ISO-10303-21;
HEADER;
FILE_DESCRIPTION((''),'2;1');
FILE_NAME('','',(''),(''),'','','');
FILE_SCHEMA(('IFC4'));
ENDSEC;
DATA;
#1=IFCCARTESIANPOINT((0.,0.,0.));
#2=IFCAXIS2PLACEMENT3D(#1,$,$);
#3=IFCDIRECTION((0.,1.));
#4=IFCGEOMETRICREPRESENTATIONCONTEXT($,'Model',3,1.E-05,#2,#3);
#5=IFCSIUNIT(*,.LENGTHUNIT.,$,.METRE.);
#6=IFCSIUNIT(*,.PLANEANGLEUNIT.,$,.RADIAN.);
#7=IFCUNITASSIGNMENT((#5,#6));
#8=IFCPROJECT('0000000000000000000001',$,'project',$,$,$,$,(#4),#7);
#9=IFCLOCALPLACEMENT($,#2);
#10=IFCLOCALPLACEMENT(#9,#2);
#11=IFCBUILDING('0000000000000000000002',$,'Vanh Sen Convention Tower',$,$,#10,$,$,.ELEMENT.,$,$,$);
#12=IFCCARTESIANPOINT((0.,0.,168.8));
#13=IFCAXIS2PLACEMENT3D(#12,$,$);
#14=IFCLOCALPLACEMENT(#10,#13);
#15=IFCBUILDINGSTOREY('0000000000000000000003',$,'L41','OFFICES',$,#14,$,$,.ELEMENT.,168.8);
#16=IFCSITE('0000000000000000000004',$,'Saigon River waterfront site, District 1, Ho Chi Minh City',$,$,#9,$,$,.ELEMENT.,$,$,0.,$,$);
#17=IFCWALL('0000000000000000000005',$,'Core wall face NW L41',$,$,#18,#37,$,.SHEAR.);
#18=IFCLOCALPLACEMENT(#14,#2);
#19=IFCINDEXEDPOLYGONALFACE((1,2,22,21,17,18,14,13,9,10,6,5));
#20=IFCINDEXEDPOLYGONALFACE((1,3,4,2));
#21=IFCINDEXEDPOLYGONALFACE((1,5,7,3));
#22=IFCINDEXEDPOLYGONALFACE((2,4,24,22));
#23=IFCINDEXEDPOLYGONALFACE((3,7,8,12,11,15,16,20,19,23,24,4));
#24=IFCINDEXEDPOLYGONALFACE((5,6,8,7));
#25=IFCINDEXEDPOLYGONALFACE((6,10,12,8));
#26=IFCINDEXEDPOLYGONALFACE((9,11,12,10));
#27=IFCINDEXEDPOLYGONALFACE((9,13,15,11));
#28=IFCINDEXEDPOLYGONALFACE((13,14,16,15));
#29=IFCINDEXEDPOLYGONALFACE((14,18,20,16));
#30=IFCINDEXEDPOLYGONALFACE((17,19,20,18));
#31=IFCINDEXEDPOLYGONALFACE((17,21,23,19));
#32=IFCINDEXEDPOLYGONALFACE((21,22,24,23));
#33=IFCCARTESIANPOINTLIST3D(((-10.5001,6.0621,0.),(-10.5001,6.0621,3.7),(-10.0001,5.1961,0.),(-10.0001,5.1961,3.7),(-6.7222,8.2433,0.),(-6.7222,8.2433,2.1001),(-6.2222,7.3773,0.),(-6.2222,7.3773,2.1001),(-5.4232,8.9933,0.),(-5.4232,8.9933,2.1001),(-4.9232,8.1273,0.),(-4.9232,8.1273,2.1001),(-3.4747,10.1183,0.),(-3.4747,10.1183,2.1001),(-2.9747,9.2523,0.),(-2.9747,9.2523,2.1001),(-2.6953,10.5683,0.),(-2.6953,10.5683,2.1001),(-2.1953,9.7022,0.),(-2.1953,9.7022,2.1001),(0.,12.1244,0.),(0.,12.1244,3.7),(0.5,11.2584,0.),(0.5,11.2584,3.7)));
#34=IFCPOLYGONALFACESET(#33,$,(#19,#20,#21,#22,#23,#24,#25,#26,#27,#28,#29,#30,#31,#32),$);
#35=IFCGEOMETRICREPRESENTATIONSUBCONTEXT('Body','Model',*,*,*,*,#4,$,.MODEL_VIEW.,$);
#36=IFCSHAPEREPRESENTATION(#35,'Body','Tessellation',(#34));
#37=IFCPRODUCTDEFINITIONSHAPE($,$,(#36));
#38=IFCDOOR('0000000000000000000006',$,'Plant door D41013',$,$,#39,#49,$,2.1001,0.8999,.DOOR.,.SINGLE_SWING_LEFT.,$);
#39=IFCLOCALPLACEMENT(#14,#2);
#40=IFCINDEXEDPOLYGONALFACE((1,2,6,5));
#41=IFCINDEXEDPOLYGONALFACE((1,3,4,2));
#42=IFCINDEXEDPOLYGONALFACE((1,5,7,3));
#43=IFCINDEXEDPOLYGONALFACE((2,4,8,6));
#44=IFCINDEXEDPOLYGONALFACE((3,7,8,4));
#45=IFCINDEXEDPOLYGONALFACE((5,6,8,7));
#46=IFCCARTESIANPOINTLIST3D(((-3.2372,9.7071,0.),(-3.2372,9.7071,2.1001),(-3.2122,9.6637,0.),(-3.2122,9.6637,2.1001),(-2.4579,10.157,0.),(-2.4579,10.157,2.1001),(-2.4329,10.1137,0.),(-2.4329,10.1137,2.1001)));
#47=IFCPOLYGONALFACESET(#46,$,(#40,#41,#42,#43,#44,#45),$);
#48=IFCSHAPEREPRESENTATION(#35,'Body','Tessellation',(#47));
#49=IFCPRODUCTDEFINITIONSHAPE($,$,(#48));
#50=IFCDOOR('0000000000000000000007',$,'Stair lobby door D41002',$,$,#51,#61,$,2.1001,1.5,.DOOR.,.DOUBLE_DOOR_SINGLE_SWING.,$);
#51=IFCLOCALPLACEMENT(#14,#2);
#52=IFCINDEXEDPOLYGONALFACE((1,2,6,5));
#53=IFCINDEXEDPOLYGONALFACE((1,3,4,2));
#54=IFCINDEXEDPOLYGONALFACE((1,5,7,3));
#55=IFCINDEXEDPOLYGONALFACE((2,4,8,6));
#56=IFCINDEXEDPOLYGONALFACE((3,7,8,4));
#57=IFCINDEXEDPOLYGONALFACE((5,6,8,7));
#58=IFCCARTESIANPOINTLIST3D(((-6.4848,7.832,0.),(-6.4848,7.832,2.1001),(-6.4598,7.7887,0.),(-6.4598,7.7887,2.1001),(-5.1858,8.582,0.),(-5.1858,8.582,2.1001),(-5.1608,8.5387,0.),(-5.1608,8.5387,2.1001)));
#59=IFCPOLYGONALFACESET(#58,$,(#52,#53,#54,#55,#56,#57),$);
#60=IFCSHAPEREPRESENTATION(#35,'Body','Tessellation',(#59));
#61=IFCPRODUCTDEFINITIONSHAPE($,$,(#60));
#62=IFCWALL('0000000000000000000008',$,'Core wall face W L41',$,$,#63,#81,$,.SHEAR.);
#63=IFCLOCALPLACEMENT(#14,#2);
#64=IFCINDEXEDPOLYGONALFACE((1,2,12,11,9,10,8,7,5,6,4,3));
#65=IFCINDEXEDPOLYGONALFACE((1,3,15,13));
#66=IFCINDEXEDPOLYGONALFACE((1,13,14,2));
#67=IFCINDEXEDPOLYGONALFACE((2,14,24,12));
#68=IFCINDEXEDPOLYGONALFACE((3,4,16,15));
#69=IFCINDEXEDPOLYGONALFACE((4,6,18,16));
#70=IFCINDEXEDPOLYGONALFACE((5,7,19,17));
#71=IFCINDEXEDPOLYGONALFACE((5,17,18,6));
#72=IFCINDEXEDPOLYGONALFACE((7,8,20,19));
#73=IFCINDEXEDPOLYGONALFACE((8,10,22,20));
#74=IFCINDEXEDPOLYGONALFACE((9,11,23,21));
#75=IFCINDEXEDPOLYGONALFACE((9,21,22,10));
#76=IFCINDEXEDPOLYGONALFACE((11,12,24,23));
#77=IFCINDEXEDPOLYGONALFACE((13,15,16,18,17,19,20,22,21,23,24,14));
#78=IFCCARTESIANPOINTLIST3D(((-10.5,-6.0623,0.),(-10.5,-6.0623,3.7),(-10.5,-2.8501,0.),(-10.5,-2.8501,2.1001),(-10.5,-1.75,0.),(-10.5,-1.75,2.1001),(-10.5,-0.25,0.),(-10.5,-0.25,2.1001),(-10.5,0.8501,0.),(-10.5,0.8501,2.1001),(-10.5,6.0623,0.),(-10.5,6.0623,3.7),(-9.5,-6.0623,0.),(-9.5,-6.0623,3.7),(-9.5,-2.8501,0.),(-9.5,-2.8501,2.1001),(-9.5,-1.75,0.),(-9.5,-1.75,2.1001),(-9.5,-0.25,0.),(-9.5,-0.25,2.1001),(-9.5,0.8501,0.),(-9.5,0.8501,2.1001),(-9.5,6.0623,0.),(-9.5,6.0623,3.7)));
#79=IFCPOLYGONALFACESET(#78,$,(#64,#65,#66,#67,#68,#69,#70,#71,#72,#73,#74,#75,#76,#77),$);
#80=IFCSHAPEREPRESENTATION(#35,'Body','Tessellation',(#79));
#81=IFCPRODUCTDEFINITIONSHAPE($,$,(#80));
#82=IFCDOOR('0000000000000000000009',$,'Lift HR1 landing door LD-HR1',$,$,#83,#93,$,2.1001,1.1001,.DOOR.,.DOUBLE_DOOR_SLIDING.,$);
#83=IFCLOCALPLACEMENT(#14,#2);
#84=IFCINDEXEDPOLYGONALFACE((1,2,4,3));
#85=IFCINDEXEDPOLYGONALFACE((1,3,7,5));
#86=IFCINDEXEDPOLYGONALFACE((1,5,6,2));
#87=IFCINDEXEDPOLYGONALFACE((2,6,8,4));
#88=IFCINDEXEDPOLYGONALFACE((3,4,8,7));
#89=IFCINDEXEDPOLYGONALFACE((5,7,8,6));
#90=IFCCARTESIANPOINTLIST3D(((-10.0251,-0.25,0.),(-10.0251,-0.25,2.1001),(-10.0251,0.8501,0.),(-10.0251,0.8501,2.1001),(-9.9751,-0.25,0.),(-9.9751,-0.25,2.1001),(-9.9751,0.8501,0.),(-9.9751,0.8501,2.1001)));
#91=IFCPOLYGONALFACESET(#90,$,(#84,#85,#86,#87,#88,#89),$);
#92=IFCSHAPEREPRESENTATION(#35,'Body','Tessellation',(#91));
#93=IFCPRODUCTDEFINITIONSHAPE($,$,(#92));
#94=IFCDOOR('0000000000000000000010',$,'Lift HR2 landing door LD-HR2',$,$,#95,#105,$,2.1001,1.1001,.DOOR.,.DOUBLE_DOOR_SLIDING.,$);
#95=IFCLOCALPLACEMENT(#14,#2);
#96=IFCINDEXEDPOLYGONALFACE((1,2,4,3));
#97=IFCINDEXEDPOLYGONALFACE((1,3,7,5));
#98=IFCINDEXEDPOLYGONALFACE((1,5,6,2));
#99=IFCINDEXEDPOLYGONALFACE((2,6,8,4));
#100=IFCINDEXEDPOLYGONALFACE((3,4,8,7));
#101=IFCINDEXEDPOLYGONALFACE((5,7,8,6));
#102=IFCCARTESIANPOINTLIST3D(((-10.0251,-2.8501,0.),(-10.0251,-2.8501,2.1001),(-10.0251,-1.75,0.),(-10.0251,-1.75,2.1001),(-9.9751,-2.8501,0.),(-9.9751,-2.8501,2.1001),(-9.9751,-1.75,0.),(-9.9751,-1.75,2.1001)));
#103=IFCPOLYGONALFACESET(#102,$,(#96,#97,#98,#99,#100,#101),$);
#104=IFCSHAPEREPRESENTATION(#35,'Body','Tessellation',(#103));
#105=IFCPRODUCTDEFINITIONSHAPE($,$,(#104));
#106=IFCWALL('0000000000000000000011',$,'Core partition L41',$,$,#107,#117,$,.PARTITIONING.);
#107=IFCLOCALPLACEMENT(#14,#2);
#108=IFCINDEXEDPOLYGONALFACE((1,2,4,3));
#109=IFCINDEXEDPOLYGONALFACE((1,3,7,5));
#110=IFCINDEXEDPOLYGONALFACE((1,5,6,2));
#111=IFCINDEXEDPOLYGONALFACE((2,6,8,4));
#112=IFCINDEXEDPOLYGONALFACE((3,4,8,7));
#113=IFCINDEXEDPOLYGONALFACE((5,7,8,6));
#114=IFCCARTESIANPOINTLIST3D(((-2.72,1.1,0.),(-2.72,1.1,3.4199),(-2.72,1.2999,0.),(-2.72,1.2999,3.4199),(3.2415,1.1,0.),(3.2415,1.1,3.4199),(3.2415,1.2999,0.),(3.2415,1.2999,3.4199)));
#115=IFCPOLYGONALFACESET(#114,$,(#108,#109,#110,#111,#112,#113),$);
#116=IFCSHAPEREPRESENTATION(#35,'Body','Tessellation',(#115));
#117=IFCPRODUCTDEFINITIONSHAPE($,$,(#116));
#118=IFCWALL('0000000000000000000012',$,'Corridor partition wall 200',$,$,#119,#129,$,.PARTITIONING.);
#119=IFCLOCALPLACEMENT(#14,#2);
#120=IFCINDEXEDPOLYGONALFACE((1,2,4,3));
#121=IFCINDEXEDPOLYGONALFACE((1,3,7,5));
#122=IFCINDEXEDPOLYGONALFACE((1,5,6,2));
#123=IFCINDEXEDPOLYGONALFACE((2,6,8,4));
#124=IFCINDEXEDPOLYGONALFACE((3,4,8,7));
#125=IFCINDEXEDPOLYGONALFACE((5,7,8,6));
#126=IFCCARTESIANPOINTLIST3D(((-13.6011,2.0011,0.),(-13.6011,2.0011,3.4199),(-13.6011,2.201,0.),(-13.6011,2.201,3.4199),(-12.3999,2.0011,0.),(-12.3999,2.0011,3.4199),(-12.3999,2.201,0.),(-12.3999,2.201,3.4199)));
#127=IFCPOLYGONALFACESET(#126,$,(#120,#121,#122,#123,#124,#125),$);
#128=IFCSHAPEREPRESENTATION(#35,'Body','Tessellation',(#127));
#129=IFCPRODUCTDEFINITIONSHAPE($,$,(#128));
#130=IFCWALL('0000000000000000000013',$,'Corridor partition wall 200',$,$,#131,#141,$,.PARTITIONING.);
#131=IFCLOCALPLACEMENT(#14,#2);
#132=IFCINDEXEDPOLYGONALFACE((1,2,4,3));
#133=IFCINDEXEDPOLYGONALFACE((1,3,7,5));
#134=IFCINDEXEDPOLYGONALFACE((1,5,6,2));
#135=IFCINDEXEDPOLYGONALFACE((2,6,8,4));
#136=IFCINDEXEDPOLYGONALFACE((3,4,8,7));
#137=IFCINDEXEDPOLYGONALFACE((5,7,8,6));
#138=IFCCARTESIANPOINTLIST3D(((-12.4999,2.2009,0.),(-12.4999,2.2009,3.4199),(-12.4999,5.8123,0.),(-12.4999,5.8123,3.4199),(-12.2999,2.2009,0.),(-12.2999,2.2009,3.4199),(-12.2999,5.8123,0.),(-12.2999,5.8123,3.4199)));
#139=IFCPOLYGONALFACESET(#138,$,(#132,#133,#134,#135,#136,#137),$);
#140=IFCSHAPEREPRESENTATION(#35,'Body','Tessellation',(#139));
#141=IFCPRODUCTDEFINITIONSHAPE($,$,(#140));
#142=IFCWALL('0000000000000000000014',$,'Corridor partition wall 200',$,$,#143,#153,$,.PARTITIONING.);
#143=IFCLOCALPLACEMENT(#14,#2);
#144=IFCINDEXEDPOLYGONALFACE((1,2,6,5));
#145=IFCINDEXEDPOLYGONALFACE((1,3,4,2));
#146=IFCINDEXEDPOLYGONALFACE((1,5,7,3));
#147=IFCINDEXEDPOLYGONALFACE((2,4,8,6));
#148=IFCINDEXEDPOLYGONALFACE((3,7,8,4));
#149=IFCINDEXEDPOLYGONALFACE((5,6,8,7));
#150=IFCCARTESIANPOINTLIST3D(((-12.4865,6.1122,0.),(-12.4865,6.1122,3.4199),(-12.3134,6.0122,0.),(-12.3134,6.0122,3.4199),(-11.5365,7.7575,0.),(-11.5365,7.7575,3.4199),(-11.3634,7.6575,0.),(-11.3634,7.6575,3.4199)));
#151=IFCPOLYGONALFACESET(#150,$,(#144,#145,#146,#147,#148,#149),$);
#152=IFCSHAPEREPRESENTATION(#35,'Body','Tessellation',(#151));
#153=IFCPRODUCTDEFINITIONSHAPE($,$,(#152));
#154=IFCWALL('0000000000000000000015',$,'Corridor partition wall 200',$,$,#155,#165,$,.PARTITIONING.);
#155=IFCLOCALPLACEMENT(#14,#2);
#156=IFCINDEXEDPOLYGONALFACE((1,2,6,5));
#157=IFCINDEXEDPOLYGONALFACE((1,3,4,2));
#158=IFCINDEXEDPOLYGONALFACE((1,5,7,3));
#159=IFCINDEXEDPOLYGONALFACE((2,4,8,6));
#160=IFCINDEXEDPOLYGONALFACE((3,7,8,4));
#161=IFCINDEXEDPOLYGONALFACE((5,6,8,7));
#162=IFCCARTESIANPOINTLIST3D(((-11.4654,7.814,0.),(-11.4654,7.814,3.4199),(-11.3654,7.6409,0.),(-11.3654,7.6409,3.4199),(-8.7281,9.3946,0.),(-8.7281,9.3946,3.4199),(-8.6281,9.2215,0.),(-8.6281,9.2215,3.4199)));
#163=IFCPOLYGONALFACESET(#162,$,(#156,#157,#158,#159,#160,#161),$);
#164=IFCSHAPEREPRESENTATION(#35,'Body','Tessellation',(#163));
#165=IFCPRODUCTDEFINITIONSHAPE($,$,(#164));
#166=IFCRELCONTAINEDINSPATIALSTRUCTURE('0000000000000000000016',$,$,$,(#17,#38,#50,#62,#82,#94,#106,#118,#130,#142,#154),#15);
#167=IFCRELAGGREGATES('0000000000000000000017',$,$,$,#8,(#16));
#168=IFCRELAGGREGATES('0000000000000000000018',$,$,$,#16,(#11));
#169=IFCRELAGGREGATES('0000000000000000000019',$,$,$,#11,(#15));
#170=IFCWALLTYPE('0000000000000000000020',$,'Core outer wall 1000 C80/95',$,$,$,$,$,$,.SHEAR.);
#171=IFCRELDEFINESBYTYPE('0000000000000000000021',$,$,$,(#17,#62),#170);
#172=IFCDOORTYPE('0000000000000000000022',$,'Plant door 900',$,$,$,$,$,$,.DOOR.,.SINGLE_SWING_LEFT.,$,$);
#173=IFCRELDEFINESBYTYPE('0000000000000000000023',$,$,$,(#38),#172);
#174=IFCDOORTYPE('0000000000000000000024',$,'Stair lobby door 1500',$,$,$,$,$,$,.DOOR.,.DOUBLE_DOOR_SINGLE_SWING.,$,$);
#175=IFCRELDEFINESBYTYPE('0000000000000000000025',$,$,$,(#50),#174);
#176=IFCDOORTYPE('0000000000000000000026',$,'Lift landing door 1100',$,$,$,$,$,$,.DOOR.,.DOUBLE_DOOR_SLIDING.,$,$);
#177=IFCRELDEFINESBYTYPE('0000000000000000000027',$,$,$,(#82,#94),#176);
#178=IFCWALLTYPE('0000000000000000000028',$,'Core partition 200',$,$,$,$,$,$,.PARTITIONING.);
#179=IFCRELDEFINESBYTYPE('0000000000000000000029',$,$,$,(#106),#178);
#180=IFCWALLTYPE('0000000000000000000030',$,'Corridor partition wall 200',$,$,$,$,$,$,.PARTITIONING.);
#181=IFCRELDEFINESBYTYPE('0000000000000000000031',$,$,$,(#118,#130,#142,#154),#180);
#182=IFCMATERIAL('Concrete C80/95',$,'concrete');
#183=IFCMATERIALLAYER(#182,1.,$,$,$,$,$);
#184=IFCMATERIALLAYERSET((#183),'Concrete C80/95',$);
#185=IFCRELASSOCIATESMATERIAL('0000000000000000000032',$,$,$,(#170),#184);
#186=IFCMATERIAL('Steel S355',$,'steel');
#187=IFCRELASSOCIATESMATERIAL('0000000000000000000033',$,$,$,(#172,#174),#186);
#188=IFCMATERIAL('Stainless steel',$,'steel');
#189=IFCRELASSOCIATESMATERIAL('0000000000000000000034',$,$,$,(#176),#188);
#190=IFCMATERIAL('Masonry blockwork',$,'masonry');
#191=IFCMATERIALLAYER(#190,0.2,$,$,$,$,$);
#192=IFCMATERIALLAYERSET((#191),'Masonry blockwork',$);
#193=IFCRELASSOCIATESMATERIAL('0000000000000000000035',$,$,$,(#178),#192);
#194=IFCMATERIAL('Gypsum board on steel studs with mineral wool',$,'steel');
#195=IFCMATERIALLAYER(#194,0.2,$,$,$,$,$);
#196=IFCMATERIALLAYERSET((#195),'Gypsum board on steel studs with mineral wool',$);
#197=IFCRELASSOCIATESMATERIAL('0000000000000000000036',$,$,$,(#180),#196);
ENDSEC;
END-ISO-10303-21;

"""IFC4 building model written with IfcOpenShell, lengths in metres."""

from ifc_helpers import new_model, si_unit, direction, frame, frame_2d, origin, place, context, subcontext, project, spatial, rectangle, extrude, material, layer, layer_set, type_object, element, fill, save


model = new_model("IFC4")

# Units and contexts
model_context = context("Model", 3, precision=1e-05, world=origin(), true_north=direction((0.0, 1.0)))
body_context = subcontext(model_context, "Body", "Model", "MODEL_VIEW")
ifc_project = project(units=[si_unit("LENGTHUNIT", "METRE"), si_unit("PLANEANGLEUNIT", "RADIAN")], contexts=[model_context])

# Site, building, storey
site_placement = place(None, origin())
site = spatial("IfcSite", under=ifc_project, at=site_placement, Name="Saigon River waterfront site, District 1, Ho Chi Minh City", CompositionType="ELEMENT", RefElevation=0.0)
building_placement = place(site_placement, origin())
building = spatial("IfcBuilding", under=site, at=building_placement, Name="Vanh Sen Convention Tower", CompositionType="ELEMENT")
storey_placement = place(building_placement, frame((0.0, 0.0, 168.8)))
storey = spatial("IfcBuildingStorey", under=building, at=storey_placement, Name="L41", Description="OFFICES", CompositionType="ELEMENT", Elevation=168.8)

# Walls, openings, doors
ifc_material_1 = material(Name="Concrete C80/95", Category="concrete")
ifc_layer_1 = layer(ifc_material_1, 1.0)
ifc_layer_set_1 = layer_set([ifc_layer_1], Name="Concrete C80/95")
wall_type_1 = type_object("IfcWallType", Name="Core outer wall 1000 C80/95", PredefinedType="SHEAR", material=ifc_layer_set_1)
wall_1_placement = place(storey_placement, frame((0.25, 11.6914, 0.0), z_axis=(0.0, 0.0, 1.0), x_axis=(-0.866023, -0.500005, 0.0)))
wall_1 = element("IfcWall", 1, at=wall_1_placement, inside=storey, type_object=wall_type_1, Name="Core wall face NW L41", PredefinedType="SHEAR", context=body_context, shape_type="SweptSolid", body=[
    extrude(rectangle(XDim=12.1245, YDim=1.0, at=frame_2d((6.0623, 0.0))), origin(), (0.0, 0.0, 1.0), 3.7),
])
opening_1_placement = place(wall_1_placement, frame((6.2622, 0.0, 0.0)))
opening_1 = element("IfcOpeningElement", 2, at=opening_1_placement, cuts=wall_1, PredefinedType="OPENING", context=body_context, shape_type="SweptSolid", body=[
    extrude(rectangle(XDim=1.5, YDim=2.1001, at=frame_2d((0.75, 1.05))), frame((0.0, 0.51, 0.0), z_axis=(0.0, -1.0, 0.0), x_axis=(1.0, 0.0, 0.0)), (0.0, 0.0, 1.0), 1.02),
])
opening_2_placement = place(wall_1_placement, frame((3.1123, 0.0, 0.0)))
opening_2 = element("IfcOpeningElement", 3, at=opening_2_placement, cuts=wall_1, PredefinedType="OPENING", context=body_context, shape_type="SweptSolid", body=[
    extrude(rectangle(XDim=0.8999, YDim=2.1001, at=frame_2d((0.45, 1.05))), frame((0.0, 0.51, 0.0), z_axis=(0.0, -1.0, 0.0), x_axis=(1.0, 0.0, 0.0)), (0.0, 0.0, 1.0), 1.02),
])
ifc_material_2 = material(Name="Steel S355", Category="steel")
door_type_1 = type_object("IfcDoorType", Name="Plant door 900", OperationType="SINGLE_SWING_LEFT", PredefinedType="DOOR", material=ifc_material_2)
door_1_placement = place(opening_2_placement, origin())
door_1 = element("IfcDoor", 4, at=door_1_placement, inside=storey, type_object=door_type_1, Name="Plant door D41013", OperationType="SINGLE_SWING_LEFT", OverallHeight=2.1001, OverallWidth=0.8999, PredefinedType="DOOR", context=body_context, shape_type="SweptSolid", body=[
    extrude(rectangle(XDim=0.8999, YDim=2.1001, at=frame_2d((0.45, 1.05))), frame((0.0, 0.0249, 0.0), z_axis=(0.0, -1.0, 0.0), x_axis=(1.0, 0.0, 0.0)), (0.0, 0.0, 1.0), 0.05),
])
fill(opening_2, door_1)
door_type_2 = type_object("IfcDoorType", Name="Stair lobby door 1500", OperationType="DOUBLE_DOOR_SINGLE_SWING", PredefinedType="DOOR", material=ifc_material_2)
door_2_placement = place(opening_1_placement, origin())
door_2 = element("IfcDoor", 5, at=door_2_placement, inside=storey, type_object=door_type_2, Name="Stair lobby door D41002", OperationType="DOUBLE_DOOR_SINGLE_SWING", OverallHeight=2.1001, OverallWidth=1.5, PredefinedType="DOOR", context=body_context, shape_type="SweptSolid", body=[
    extrude(rectangle(XDim=1.5, YDim=2.1001, at=frame_2d((0.75, 1.05))), frame((0.0, 0.0249, 0.0), z_axis=(0.0, -1.0, 0.0), x_axis=(1.0, 0.0, 0.0)), (0.0, 0.0, 1.0), 0.05),
])
fill(opening_1, door_2)
wall_2_placement = place(storey_placement, frame((-10.0, 6.0623, 0.0), z_axis=(0.0, 0.0, 1.0), x_axis=(0.0, -1.0, 0.0)))
wall_2 = element("IfcWall", 6, at=wall_2_placement, inside=storey, type_object=wall_type_1, Name="Core wall face W L41", PredefinedType="SHEAR", context=body_context, shape_type="SweptSolid", body=[
    extrude(rectangle(XDim=12.1245, YDim=1.0, at=frame_2d((6.0623, 0.0))), origin(), (0.0, 0.0, 1.0), 3.7),
])
opening_3_placement = place(wall_2_placement, frame((5.2122, 0.0, 0.0)))
opening_3 = element("IfcOpeningElement", 7, at=opening_3_placement, cuts=wall_2, PredefinedType="OPENING", context=body_context, shape_type="SweptSolid", body=[
    extrude(rectangle(XDim=1.1001, YDim=2.1001, at=frame_2d((0.55, 1.05))), frame((0.0, 0.51, 0.0), z_axis=(0.0, -1.0, 0.0), x_axis=(1.0, 0.0, 0.0)), (0.0, 0.0, 1.0), 1.02),
])
opening_4_placement = place(wall_2_placement, frame((7.8123, 0.0, 0.0)))
opening_4 = element("IfcOpeningElement", 8, at=opening_4_placement, cuts=wall_2, PredefinedType="OPENING", context=body_context, shape_type="SweptSolid", body=[
    extrude(rectangle(XDim=1.1001, YDim=2.1001, at=frame_2d((0.55, 1.05))), frame((0.0, 0.51, 0.0), z_axis=(0.0, -1.0, 0.0), x_axis=(1.0, 0.0, 0.0)), (0.0, 0.0, 1.0), 1.02),
])
ifc_material_3 = material(Name="Stainless steel", Category="steel")
door_type_3 = type_object("IfcDoorType", Name="Lift landing door 1100", OperationType="DOUBLE_DOOR_SLIDING", PredefinedType="DOOR", material=ifc_material_3)
door_3_placement = place(opening_3_placement, origin())
door_3 = element("IfcDoor", 9, at=door_3_placement, inside=storey, type_object=door_type_3, Name="Lift HR1 landing door LD-HR1", OperationType="DOUBLE_DOOR_SLIDING", OverallHeight=2.1001, OverallWidth=1.1001, PredefinedType="DOOR", context=body_context, shape_type="SweptSolid", body=[
    extrude(rectangle(XDim=1.1001, YDim=2.1001, at=frame_2d((0.55, 1.05))), frame((0.0, 0.0249, 0.0), z_axis=(0.0, -1.0, 0.0), x_axis=(1.0, 0.0, 0.0)), (0.0, 0.0, 1.0), 0.05),
])
fill(opening_3, door_3)
door_4_placement = place(opening_4_placement, origin())
door_4 = element("IfcDoor", 10, at=door_4_placement, inside=storey, type_object=door_type_3, Name="Lift HR2 landing door LD-HR2", OperationType="DOUBLE_DOOR_SLIDING", OverallHeight=2.1001, OverallWidth=1.1001, PredefinedType="DOOR", context=body_context, shape_type="SweptSolid", body=[
    extrude(rectangle(XDim=1.1001, YDim=2.1001, at=frame_2d((0.55, 1.05))), frame((0.0, 0.0249, 0.0), z_axis=(0.0, -1.0, 0.0), x_axis=(1.0, 0.0, 0.0)), (0.0, 0.0, 1.0), 0.05),
])
fill(opening_4, door_4)

# Walls
ifc_material_4 = material(Name="Masonry blockwork", Category="masonry")
ifc_layer_2 = layer(ifc_material_4, 0.2)
ifc_layer_set_2 = layer_set([ifc_layer_2], Name="Masonry blockwork")
wall_type_2 = type_object("IfcWallType", Name="Core partition 200", PredefinedType="PARTITIONING", material=ifc_layer_set_2)
wall_3_placement = place(storey_placement, frame((-2.72, 1.2, 0.0), z_axis=(0.0, 0.0, 1.0), x_axis=(1.0, 0.0, 0.0)))
element("IfcWall", 11, at=wall_3_placement, inside=storey, type_object=wall_type_2, Name="Core partition L41", PredefinedType="PARTITIONING", context=body_context, shape_type="SweptSolid", body=[
    extrude(rectangle(XDim=5.9614, YDim=0.2, at=frame_2d((2.9807, 0.0))), origin(), (0.0, 0.0, 1.0), 3.4199),
])
ifc_material_5 = material(Name="Gypsum board on steel studs with mineral wool", Category="steel")
ifc_layer_3 = layer(ifc_material_5, 0.2)
ifc_layer_set_3 = layer_set([ifc_layer_3], Name="Gypsum board on steel studs with mineral wool")
wall_type_3 = type_object("IfcWallType", Name="Corridor partition wall 200", PredefinedType="PARTITIONING", material=ifc_layer_set_3)
wall_4_placement = place(storey_placement, frame((-12.3999, 2.1011, 0.0), z_axis=(0.0, 0.0, 1.0), x_axis=(-1.0, 0.0, 0.0)))
element("IfcWall", 12, at=wall_4_placement, inside=storey, type_object=wall_type_3, Name="Corridor partition wall 200", PredefinedType="PARTITIONING", context=body_context, shape_type="SweptSolid", body=[
    extrude(rectangle(XDim=1.2012, YDim=0.2, at=frame_2d((0.6006, 0.0))), origin(), (0.0, 0.0, 1.0), 3.4199),
])
wall_5_placement = place(storey_placement, frame((-12.3999, 5.8123, 0.0), z_axis=(0.0, 0.0, 1.0), x_axis=(0.0, -1.0, 0.0)))
element("IfcWall", 13, at=wall_5_placement, inside=storey, type_object=wall_type_3, Name="Corridor partition wall 200", PredefinedType="PARTITIONING", context=body_context, shape_type="SweptSolid", body=[
    extrude(rectangle(XDim=3.6113, YDim=0.2, at=frame_2d((1.8057, 0.0))), origin(), (0.0, 0.0, 1.0), 3.4199),
])
wall_6_placement = place(storey_placement, frame((-11.45, 7.7075, 0.0), z_axis=(0.0, 0.0, 1.0), x_axis=(-0.500023, -0.866012, 0.0)))
element("IfcWall", 14, at=wall_6_placement, inside=storey, type_object=wall_type_3, Name="Corridor partition wall 200", PredefinedType="PARTITIONING", context=body_context, shape_type="SweptSolid", body=[
    extrude(rectangle(XDim=1.8999, YDim=0.2, at=frame_2d((0.95, 0.0))), origin(), (0.0, 0.0, 1.0), 3.4199),
])
wall_7_placement = place(storey_placement, frame((-8.678, 9.3081, 0.0), z_axis=(0.0, 0.0, 1.0), x_axis=(-0.866, -0.500043, 0.0)))
element("IfcWall", 15, at=wall_7_placement, inside=storey, type_object=wall_type_3, Name="Corridor partition wall 200", PredefinedType="PARTITIONING", context=body_context, shape_type="SweptSolid", body=[
    extrude(rectangle(XDim=3.1609, YDim=0.2, at=frame_2d((1.5806, 0.0))), origin(), (0.0, 0.0, 1.0), 3.4199),
])

save(model, "model.ifc")
